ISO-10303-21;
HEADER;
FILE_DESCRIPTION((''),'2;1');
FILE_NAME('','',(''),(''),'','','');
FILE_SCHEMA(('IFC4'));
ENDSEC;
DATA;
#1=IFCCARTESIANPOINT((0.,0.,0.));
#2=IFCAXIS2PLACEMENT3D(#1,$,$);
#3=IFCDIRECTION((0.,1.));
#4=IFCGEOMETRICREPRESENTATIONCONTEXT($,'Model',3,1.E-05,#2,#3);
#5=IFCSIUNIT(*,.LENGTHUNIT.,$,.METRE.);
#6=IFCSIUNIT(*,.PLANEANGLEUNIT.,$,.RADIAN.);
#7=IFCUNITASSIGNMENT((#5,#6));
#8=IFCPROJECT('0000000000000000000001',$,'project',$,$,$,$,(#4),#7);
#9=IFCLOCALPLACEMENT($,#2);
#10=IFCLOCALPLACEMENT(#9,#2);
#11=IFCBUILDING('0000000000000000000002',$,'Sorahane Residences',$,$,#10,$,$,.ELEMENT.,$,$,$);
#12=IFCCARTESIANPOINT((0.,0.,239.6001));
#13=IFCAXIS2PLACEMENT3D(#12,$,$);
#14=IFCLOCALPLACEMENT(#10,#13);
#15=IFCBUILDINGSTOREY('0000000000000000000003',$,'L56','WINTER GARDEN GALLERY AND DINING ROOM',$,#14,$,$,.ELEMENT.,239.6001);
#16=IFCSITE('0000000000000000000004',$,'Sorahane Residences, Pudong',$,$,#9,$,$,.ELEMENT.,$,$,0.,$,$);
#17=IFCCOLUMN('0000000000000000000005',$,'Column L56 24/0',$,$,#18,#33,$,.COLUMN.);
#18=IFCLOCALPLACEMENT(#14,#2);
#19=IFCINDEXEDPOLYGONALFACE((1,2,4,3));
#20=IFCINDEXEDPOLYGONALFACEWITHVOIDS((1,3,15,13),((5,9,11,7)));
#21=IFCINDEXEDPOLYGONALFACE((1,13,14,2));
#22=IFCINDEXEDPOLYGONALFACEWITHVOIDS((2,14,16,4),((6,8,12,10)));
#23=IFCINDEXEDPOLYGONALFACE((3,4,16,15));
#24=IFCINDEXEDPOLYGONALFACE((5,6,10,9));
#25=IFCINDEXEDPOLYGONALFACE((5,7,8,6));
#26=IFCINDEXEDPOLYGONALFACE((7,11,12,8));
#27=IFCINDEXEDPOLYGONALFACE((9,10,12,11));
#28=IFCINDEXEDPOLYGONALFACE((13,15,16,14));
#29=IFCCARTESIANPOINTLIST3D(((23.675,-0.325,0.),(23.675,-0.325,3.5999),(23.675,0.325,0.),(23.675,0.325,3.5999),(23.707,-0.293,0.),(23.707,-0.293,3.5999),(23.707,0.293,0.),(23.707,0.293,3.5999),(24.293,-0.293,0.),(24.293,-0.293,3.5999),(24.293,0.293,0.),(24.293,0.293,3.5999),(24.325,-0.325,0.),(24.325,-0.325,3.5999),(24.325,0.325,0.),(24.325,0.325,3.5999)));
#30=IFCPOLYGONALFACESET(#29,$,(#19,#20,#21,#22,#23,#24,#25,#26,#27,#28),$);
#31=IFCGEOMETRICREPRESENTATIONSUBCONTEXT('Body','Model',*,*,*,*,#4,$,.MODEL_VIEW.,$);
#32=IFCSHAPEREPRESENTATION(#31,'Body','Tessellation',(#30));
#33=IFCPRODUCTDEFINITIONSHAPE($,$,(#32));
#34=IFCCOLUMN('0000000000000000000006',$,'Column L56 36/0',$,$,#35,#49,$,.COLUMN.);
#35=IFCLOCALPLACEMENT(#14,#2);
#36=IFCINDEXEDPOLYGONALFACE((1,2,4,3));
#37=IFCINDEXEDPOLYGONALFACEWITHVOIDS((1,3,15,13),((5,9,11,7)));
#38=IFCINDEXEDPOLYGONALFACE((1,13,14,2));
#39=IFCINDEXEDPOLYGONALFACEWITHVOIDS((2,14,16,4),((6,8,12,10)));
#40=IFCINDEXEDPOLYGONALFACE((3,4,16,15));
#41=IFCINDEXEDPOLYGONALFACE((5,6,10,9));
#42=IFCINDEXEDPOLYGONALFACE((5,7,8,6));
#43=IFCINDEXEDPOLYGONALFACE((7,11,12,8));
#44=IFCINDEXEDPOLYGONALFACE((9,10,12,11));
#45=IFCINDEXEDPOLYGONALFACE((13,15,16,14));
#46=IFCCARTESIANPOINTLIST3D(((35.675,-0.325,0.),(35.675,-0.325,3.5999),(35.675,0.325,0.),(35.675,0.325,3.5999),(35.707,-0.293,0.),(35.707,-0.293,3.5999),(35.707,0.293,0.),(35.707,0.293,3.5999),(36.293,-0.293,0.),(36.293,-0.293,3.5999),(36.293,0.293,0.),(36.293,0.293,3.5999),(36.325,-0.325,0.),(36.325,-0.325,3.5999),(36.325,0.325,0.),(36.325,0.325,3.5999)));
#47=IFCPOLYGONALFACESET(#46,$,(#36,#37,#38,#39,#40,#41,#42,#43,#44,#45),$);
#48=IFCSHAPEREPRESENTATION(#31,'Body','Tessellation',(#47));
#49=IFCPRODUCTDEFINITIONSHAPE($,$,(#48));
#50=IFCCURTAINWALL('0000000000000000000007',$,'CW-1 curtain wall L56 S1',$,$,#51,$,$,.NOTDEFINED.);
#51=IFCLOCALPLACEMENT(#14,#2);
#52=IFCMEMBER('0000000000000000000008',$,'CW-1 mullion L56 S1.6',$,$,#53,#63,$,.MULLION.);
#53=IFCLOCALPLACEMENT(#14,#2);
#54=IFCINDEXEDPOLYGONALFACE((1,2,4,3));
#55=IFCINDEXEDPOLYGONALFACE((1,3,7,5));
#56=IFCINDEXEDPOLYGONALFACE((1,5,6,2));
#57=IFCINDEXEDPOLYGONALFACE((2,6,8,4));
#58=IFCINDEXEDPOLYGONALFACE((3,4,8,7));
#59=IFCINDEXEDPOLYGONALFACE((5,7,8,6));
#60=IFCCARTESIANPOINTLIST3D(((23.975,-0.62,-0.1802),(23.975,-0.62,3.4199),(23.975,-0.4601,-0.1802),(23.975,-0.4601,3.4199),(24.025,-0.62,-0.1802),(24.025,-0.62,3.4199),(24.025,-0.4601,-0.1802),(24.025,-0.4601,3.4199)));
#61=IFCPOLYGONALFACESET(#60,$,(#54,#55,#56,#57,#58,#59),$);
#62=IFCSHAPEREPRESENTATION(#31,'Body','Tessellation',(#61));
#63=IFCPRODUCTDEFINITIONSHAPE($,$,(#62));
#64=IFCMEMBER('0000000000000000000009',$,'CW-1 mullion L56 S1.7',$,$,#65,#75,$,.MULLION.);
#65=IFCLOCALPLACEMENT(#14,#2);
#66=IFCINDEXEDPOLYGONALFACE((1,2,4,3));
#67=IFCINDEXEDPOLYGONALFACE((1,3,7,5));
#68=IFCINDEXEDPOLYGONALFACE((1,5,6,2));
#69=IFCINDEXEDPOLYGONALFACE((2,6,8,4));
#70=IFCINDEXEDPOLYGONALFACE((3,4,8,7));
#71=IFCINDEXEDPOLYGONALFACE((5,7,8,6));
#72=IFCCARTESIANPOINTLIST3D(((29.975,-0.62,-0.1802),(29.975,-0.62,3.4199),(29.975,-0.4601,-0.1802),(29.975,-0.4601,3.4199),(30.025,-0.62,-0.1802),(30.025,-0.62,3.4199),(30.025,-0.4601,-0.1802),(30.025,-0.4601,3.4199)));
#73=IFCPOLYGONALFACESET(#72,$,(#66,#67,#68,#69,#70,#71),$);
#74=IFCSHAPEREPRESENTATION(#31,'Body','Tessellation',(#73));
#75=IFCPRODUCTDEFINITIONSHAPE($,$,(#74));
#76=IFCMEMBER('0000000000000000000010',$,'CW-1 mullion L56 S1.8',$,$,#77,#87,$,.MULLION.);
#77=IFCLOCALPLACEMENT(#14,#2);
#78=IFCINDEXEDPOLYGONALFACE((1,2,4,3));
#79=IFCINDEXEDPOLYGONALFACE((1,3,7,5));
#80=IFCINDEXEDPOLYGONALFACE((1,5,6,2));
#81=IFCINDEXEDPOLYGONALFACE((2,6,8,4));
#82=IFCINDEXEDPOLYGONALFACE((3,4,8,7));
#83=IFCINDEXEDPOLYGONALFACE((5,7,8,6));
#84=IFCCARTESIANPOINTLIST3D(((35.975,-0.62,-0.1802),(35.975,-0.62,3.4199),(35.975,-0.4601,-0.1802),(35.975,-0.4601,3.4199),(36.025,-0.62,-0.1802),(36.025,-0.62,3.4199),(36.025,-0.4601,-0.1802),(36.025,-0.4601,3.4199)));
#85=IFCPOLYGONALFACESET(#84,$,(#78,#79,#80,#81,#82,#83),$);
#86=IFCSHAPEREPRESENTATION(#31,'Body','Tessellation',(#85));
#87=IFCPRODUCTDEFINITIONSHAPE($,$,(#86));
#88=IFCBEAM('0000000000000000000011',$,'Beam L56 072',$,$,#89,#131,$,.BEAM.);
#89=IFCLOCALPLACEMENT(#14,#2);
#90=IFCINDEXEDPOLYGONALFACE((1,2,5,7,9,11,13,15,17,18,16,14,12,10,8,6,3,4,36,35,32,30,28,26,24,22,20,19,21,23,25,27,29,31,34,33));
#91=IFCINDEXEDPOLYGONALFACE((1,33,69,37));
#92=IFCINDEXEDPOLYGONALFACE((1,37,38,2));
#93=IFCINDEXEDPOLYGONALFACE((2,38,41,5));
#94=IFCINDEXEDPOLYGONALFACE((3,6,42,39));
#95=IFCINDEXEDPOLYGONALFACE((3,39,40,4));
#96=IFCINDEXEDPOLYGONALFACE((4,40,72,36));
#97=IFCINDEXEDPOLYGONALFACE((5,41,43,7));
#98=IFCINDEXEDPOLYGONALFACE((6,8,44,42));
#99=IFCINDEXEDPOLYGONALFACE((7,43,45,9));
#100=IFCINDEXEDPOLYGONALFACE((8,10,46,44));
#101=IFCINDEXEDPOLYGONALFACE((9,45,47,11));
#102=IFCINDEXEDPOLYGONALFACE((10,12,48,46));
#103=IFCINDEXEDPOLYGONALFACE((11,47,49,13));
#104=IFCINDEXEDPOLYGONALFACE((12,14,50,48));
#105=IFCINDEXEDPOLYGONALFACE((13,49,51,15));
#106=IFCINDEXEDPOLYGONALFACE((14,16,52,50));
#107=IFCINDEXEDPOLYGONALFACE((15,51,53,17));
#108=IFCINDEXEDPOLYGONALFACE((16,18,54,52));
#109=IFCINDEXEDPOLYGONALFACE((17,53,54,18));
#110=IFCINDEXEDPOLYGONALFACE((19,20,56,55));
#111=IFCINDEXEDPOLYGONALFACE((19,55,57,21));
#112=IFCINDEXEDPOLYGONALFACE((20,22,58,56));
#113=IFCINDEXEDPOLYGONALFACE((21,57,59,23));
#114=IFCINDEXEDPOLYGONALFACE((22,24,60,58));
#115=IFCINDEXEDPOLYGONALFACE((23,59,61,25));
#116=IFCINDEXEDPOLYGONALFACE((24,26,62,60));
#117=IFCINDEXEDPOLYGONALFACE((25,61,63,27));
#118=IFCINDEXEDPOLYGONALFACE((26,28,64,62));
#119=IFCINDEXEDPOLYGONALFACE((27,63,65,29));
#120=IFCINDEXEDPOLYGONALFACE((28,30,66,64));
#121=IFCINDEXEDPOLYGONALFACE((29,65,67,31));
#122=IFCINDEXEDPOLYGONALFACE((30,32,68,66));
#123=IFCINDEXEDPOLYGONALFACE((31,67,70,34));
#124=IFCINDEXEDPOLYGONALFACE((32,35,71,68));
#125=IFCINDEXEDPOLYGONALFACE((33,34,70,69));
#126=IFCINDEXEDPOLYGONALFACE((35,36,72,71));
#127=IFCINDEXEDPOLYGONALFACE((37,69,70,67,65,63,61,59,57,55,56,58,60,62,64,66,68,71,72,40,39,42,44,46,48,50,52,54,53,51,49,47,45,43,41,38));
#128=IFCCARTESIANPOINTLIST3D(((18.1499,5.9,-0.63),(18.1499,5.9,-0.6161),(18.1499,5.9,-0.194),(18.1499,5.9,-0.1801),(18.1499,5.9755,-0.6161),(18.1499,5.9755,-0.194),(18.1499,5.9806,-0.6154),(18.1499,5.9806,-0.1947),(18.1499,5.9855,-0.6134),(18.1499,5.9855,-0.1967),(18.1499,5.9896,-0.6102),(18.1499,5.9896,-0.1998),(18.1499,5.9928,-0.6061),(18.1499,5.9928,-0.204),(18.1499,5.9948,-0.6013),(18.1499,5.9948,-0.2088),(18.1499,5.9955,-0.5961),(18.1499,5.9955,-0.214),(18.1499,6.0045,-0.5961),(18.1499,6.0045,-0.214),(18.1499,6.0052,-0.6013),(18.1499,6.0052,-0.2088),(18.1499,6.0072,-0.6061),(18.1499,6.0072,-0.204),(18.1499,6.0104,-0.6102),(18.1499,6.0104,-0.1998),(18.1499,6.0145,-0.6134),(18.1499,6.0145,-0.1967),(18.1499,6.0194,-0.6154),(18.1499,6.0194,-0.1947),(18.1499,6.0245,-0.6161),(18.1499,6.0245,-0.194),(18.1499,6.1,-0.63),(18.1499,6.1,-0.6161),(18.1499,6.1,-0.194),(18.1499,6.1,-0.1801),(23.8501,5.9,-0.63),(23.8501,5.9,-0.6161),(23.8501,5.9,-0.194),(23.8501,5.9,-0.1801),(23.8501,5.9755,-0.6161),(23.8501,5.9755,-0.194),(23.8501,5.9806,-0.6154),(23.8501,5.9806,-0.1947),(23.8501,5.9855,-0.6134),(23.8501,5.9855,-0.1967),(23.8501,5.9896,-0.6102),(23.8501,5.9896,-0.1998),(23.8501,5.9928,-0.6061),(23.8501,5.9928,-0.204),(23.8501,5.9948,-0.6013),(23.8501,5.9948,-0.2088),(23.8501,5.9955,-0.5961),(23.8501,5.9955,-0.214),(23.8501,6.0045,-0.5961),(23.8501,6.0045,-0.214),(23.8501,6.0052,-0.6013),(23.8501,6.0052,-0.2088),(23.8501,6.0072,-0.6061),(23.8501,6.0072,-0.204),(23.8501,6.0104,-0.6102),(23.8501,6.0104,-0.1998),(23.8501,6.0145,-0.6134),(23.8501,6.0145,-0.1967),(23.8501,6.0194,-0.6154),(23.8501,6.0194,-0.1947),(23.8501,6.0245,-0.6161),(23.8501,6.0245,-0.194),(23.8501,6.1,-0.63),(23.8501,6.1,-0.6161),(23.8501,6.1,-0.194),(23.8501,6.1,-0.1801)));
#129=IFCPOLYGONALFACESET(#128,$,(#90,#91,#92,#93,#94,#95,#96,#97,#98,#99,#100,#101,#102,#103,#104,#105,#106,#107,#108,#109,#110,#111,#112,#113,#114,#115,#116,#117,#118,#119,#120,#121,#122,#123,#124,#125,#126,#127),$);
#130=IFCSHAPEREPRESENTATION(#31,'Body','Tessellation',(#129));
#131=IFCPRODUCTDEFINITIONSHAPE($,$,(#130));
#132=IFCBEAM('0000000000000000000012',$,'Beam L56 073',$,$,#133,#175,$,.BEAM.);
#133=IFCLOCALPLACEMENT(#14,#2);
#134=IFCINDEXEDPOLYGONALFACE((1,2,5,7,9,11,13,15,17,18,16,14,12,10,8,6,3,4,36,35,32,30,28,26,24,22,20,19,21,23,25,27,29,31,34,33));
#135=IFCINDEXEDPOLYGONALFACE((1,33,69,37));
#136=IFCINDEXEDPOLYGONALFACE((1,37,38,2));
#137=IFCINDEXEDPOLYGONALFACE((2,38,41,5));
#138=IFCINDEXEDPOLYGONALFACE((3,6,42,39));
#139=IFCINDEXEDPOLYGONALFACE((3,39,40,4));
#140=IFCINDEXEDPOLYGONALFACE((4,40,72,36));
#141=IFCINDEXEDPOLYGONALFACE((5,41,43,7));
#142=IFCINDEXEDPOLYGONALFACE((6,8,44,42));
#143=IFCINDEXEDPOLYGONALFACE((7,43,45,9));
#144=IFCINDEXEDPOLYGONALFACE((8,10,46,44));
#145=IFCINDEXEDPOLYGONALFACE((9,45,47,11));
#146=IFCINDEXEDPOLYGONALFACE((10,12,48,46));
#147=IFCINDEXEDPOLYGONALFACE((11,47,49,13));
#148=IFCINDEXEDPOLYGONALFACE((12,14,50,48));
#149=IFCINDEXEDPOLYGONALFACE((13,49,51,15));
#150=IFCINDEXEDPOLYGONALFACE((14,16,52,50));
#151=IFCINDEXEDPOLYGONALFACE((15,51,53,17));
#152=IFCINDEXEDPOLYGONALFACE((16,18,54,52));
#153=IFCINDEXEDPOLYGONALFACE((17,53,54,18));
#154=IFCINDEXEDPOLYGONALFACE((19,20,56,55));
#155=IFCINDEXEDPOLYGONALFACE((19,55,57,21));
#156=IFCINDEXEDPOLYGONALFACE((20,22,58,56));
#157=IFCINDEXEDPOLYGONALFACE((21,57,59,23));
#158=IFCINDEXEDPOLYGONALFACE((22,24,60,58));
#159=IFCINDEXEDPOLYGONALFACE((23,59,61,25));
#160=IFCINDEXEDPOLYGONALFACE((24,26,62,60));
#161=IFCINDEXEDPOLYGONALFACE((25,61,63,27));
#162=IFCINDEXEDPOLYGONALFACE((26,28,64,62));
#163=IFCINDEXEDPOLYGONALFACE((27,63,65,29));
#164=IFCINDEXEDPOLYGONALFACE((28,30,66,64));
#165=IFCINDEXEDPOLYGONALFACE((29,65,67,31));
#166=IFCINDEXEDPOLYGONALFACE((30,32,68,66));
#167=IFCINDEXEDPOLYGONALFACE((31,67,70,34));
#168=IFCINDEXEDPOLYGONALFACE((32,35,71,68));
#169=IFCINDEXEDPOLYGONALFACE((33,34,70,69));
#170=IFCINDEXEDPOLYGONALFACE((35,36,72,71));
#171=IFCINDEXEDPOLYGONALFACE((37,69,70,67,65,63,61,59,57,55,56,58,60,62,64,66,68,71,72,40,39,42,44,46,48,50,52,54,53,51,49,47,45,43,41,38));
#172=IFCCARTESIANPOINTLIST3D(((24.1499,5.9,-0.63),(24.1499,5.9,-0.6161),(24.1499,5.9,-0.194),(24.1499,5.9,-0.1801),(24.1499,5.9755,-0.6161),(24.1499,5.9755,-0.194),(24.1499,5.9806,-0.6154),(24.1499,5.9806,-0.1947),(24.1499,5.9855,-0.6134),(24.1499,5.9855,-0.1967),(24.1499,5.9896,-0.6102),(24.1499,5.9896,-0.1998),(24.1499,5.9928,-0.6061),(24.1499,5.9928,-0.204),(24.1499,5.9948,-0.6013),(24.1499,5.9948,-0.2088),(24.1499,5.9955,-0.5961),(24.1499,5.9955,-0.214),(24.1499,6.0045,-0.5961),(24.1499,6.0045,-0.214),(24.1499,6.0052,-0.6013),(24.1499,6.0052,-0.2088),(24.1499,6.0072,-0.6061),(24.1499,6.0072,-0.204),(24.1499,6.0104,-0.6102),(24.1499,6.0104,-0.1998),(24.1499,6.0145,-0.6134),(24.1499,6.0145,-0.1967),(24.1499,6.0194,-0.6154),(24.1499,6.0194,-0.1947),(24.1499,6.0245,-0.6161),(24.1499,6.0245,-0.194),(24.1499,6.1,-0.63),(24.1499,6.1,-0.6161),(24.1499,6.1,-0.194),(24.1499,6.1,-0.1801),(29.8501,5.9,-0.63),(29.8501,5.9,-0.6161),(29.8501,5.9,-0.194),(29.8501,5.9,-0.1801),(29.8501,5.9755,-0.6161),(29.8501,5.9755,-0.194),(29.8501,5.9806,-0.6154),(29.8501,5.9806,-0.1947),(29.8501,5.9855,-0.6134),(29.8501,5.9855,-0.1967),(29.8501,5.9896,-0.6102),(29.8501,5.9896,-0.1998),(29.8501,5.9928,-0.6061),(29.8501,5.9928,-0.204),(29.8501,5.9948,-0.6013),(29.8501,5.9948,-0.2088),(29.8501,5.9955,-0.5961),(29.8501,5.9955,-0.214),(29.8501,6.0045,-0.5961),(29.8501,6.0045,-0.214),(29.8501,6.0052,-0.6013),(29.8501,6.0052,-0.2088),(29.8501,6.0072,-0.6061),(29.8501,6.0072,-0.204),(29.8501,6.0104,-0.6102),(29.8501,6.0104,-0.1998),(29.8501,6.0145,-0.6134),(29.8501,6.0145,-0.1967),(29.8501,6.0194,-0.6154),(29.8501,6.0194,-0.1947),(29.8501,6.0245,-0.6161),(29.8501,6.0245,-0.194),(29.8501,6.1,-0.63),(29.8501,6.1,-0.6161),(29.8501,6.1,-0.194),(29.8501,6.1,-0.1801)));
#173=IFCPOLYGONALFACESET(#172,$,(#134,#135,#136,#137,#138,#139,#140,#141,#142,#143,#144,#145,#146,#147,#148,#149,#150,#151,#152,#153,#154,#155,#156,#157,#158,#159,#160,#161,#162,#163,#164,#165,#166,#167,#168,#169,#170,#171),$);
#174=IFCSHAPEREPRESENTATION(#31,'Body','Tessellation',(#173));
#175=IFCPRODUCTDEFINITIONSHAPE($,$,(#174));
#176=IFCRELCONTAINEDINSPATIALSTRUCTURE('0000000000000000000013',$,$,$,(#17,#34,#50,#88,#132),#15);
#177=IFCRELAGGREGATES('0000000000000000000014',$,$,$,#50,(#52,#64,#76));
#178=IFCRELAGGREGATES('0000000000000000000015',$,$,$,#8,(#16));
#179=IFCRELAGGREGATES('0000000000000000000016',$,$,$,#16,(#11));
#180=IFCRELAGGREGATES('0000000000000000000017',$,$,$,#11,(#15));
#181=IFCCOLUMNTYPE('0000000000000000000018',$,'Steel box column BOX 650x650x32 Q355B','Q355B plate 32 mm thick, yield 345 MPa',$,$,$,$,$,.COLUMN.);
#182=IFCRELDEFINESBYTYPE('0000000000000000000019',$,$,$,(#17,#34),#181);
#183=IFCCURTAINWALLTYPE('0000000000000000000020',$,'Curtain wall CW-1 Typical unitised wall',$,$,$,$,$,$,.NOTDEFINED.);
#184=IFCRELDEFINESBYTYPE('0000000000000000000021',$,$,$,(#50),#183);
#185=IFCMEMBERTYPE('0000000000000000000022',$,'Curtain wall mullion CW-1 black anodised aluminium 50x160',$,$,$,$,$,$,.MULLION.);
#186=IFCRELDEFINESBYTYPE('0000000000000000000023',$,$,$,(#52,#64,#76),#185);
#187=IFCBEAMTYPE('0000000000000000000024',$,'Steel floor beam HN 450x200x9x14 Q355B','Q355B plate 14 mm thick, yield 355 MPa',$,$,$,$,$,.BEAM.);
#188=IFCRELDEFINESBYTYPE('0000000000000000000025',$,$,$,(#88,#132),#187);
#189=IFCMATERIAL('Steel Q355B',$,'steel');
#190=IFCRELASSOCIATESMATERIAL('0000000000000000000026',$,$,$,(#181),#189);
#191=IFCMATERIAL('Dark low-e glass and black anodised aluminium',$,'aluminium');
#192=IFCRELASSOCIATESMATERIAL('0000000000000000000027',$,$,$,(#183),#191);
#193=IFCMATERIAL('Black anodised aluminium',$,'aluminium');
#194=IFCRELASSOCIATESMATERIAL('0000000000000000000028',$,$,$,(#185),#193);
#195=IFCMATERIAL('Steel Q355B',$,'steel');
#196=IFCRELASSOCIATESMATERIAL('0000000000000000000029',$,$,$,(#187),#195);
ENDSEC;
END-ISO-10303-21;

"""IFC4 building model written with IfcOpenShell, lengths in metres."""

from ifc_helpers import new_model, si_unit, direction, frame, origin, origin_2d, place, context, subcontext, project, spatial, rectangle, hollow_rectangle, i_section, extrude, material, material_profile, profile_set, type_object, element, aggregate, save


model = new_model("IFC4")

# Units and contexts
model_context = context("Model", 3, precision=1e-05, world=origin(), true_north=direction((0.0, 1.0)))
body_context = subcontext(model_context, "Body", "Model", "MODEL_VIEW")
ifc_project = project(units=[si_unit("LENGTHUNIT", "METRE"), si_unit("PLANEANGLEUNIT", "RADIAN")], contexts=[model_context])

# Site, building, storey
site_placement = place(None, origin())
site = spatial("IfcSite", under=ifc_project, at=site_placement, Name="Sorahane Residences, Pudong", CompositionType="ELEMENT", RefElevation=0.0)
building_placement = place(site_placement, origin())
building = spatial("IfcBuilding", under=site, at=building_placement, Name="Sorahane Residences", CompositionType="ELEMENT")
storey_placement = place(building_placement, frame((0.0, 0.0, 239.6001)))
storey = spatial("IfcBuildingStorey", under=building, at=storey_placement, Name="L56", Description="WINTER GARDEN GALLERY AND DINING ROOM", CompositionType="ELEMENT", Elevation=239.6001)

# Columns
ifc_material_1 = material(Name="Steel Q355B", Category="steel")
ifc_material_profile_1 = material_profile(ifc_material_1, hollow_rectangle(XDim=0.6499, YDim=0.6499, WallThickness=0.032, at=origin_2d()), Name="BOX 650x650x32")
ifc_profile_set_1 = profile_set([ifc_material_profile_1], Name="Steel Q355B")
column_type = type_object("IfcColumnType", Name="Steel box column BOX 650x650x32 Q355B", Description="Q355B plate 32 mm thick, yield 345 MPa", PredefinedType="COLUMN", material=ifc_profile_set_1)
for number, where, z_axis, x_axis, name in (
    (1, (24.0, 0.0, 0.0), (0.0, 0.0, 1.0), (1.0, 0.0, 0.0), "Column L56 24/0"),
    (2, (36.0, 0.0, 0.0), (0.0, 0.0, 1.0), (1.0, 0.0, 0.0), "Column L56 36/0"),
):
    element("IfcColumn", number, at=place(storey_placement, frame(where, z_axis=z_axis, x_axis=x_axis)), inside=storey, type_object=column_type, Name=name, PredefinedType="COLUMN", context=body_context, shape_type="SweptSolid", body=[
        extrude(hollow_rectangle(XDim=0.6499, YDim=0.6499, WallThickness=0.032, at=origin_2d()), origin(), (0.0, 0.0, 1.0), 3.5999),
    ])

# Curtain wall, members
ifc_material_2 = material(Name="Dark low-e glass and black anodised aluminium", Category="aluminium")
curtain_wall_type = type_object("IfcCurtainWallType", Name="Curtain wall CW-1 Typical unitised wall", PredefinedType="NOTDEFINED", material=ifc_material_2)
curtain_wall_placement = place(storey_placement, origin())
curtain_wall = element("IfcCurtainWall", 3, at=curtain_wall_placement, inside=storey, type_object=curtain_wall_type, Name="CW-1 curtain wall L56 S1", PredefinedType="NOTDEFINED")
ifc_material_3 = material(Name="Black anodised aluminium", Category="aluminium")
ifc_material_profile_2 = material_profile(ifc_material_3, rectangle(XDim=0.1599, YDim=0.05, at=origin_2d()), Name="Curtain wall mullion CW-1 black anodised aluminium 50x160")
ifc_profile_set_2 = profile_set([ifc_material_profile_2], Name="Black anodised aluminium")
member_type = type_object("IfcMemberType", Name="Curtain wall mullion CW-1 black anodised aluminium 50x160", PredefinedType="MULLION", material=ifc_profile_set_2)
member_1_placement = place(storey_placement, frame((24.0, -0.54, -0.1802), z_axis=(0.0, 0.0, 1.0), x_axis=(0.0, -1.0, 0.0)))
member_1 = element("IfcMember", 4, at=member_1_placement, type_object=member_type, Name="CW-1 mullion L56 S1.6", PredefinedType="MULLION", context=body_context, shape_type="SweptSolid", body=[
    extrude(rectangle(XDim=0.1599, YDim=0.05, at=origin_2d()), origin(), (0.0, 0.0, 1.0), 3.6001),
])
member_2_placement = place(storey_placement, frame((30.0, -0.54, -0.1802), z_axis=(0.0, 0.0, 1.0), x_axis=(0.0, -1.0, 0.0)))
member_2 = element("IfcMember", 5, at=member_2_placement, type_object=member_type, Name="CW-1 mullion L56 S1.7", PredefinedType="MULLION", context=body_context, shape_type="SweptSolid", body=[
    extrude(rectangle(XDim=0.1599, YDim=0.05, at=origin_2d()), origin(), (0.0, 0.0, 1.0), 3.6001),
])
member_3_placement = place(storey_placement, frame((36.0, -0.54, -0.1802), z_axis=(0.0, 0.0, 1.0), x_axis=(0.0, -1.0, 0.0)))
member_3 = element("IfcMember", 6, at=member_3_placement, type_object=member_type, Name="CW-1 mullion L56 S1.8", PredefinedType="MULLION", context=body_context, shape_type="SweptSolid", body=[
    extrude(rectangle(XDim=0.1599, YDim=0.05, at=origin_2d()), origin(), (0.0, 0.0, 1.0), 3.6001),
])

# Beams
ifc_material_4 = material(Name="Steel Q355B", Category="steel")
ifc_material_profile_3 = material_profile(ifc_material_4, i_section(OverallWidth=0.2, OverallDepth=0.45, WebThickness=0.009, FlangeThickness=0.0139, FilletRadius=0.02, at=origin_2d()), Name="HN 450x200x9x14")
ifc_profile_set_3 = profile_set([ifc_material_profile_3], Name="Steel Q355B")
beam_type_1 = type_object("IfcBeamType", Name="Steel floor beam HN 450x200x9x14 Q355B", Description="Q355B plate 14 mm thick, yield 355 MPa", PredefinedType="BEAM", material=ifc_profile_set_3)
for number, where, z_axis, x_axis, name in (
    (7, (18.1499, 6.0, -0.405), (1.0, 0.0, 0.0), (0.0, 1.0, 0.0), "Beam L56 072"),
    (8, (24.1499, 6.0, -0.405), (1.0, 0.0, 0.0), (0.0, 1.0, 0.0), "Beam L56 073"),
):
    element("IfcBeam", number, at=place(storey_placement, frame(where, z_axis=z_axis, x_axis=x_axis)), inside=storey, type_object=beam_type_1, Name=name, PredefinedType="BEAM", context=body_context, shape_type="SweptSolid", body=[
        extrude(i_section(OverallWidth=0.2, OverallDepth=0.45, WebThickness=0.009, FlangeThickness=0.0139, FilletRadius=0.02, at=origin_2d()), origin(), (0.0, 0.0, 1.0), 5.7002),
    ])

aggregate(curtain_wall, [member_1, member_2, member_3])

save(model, "model.ifc")
